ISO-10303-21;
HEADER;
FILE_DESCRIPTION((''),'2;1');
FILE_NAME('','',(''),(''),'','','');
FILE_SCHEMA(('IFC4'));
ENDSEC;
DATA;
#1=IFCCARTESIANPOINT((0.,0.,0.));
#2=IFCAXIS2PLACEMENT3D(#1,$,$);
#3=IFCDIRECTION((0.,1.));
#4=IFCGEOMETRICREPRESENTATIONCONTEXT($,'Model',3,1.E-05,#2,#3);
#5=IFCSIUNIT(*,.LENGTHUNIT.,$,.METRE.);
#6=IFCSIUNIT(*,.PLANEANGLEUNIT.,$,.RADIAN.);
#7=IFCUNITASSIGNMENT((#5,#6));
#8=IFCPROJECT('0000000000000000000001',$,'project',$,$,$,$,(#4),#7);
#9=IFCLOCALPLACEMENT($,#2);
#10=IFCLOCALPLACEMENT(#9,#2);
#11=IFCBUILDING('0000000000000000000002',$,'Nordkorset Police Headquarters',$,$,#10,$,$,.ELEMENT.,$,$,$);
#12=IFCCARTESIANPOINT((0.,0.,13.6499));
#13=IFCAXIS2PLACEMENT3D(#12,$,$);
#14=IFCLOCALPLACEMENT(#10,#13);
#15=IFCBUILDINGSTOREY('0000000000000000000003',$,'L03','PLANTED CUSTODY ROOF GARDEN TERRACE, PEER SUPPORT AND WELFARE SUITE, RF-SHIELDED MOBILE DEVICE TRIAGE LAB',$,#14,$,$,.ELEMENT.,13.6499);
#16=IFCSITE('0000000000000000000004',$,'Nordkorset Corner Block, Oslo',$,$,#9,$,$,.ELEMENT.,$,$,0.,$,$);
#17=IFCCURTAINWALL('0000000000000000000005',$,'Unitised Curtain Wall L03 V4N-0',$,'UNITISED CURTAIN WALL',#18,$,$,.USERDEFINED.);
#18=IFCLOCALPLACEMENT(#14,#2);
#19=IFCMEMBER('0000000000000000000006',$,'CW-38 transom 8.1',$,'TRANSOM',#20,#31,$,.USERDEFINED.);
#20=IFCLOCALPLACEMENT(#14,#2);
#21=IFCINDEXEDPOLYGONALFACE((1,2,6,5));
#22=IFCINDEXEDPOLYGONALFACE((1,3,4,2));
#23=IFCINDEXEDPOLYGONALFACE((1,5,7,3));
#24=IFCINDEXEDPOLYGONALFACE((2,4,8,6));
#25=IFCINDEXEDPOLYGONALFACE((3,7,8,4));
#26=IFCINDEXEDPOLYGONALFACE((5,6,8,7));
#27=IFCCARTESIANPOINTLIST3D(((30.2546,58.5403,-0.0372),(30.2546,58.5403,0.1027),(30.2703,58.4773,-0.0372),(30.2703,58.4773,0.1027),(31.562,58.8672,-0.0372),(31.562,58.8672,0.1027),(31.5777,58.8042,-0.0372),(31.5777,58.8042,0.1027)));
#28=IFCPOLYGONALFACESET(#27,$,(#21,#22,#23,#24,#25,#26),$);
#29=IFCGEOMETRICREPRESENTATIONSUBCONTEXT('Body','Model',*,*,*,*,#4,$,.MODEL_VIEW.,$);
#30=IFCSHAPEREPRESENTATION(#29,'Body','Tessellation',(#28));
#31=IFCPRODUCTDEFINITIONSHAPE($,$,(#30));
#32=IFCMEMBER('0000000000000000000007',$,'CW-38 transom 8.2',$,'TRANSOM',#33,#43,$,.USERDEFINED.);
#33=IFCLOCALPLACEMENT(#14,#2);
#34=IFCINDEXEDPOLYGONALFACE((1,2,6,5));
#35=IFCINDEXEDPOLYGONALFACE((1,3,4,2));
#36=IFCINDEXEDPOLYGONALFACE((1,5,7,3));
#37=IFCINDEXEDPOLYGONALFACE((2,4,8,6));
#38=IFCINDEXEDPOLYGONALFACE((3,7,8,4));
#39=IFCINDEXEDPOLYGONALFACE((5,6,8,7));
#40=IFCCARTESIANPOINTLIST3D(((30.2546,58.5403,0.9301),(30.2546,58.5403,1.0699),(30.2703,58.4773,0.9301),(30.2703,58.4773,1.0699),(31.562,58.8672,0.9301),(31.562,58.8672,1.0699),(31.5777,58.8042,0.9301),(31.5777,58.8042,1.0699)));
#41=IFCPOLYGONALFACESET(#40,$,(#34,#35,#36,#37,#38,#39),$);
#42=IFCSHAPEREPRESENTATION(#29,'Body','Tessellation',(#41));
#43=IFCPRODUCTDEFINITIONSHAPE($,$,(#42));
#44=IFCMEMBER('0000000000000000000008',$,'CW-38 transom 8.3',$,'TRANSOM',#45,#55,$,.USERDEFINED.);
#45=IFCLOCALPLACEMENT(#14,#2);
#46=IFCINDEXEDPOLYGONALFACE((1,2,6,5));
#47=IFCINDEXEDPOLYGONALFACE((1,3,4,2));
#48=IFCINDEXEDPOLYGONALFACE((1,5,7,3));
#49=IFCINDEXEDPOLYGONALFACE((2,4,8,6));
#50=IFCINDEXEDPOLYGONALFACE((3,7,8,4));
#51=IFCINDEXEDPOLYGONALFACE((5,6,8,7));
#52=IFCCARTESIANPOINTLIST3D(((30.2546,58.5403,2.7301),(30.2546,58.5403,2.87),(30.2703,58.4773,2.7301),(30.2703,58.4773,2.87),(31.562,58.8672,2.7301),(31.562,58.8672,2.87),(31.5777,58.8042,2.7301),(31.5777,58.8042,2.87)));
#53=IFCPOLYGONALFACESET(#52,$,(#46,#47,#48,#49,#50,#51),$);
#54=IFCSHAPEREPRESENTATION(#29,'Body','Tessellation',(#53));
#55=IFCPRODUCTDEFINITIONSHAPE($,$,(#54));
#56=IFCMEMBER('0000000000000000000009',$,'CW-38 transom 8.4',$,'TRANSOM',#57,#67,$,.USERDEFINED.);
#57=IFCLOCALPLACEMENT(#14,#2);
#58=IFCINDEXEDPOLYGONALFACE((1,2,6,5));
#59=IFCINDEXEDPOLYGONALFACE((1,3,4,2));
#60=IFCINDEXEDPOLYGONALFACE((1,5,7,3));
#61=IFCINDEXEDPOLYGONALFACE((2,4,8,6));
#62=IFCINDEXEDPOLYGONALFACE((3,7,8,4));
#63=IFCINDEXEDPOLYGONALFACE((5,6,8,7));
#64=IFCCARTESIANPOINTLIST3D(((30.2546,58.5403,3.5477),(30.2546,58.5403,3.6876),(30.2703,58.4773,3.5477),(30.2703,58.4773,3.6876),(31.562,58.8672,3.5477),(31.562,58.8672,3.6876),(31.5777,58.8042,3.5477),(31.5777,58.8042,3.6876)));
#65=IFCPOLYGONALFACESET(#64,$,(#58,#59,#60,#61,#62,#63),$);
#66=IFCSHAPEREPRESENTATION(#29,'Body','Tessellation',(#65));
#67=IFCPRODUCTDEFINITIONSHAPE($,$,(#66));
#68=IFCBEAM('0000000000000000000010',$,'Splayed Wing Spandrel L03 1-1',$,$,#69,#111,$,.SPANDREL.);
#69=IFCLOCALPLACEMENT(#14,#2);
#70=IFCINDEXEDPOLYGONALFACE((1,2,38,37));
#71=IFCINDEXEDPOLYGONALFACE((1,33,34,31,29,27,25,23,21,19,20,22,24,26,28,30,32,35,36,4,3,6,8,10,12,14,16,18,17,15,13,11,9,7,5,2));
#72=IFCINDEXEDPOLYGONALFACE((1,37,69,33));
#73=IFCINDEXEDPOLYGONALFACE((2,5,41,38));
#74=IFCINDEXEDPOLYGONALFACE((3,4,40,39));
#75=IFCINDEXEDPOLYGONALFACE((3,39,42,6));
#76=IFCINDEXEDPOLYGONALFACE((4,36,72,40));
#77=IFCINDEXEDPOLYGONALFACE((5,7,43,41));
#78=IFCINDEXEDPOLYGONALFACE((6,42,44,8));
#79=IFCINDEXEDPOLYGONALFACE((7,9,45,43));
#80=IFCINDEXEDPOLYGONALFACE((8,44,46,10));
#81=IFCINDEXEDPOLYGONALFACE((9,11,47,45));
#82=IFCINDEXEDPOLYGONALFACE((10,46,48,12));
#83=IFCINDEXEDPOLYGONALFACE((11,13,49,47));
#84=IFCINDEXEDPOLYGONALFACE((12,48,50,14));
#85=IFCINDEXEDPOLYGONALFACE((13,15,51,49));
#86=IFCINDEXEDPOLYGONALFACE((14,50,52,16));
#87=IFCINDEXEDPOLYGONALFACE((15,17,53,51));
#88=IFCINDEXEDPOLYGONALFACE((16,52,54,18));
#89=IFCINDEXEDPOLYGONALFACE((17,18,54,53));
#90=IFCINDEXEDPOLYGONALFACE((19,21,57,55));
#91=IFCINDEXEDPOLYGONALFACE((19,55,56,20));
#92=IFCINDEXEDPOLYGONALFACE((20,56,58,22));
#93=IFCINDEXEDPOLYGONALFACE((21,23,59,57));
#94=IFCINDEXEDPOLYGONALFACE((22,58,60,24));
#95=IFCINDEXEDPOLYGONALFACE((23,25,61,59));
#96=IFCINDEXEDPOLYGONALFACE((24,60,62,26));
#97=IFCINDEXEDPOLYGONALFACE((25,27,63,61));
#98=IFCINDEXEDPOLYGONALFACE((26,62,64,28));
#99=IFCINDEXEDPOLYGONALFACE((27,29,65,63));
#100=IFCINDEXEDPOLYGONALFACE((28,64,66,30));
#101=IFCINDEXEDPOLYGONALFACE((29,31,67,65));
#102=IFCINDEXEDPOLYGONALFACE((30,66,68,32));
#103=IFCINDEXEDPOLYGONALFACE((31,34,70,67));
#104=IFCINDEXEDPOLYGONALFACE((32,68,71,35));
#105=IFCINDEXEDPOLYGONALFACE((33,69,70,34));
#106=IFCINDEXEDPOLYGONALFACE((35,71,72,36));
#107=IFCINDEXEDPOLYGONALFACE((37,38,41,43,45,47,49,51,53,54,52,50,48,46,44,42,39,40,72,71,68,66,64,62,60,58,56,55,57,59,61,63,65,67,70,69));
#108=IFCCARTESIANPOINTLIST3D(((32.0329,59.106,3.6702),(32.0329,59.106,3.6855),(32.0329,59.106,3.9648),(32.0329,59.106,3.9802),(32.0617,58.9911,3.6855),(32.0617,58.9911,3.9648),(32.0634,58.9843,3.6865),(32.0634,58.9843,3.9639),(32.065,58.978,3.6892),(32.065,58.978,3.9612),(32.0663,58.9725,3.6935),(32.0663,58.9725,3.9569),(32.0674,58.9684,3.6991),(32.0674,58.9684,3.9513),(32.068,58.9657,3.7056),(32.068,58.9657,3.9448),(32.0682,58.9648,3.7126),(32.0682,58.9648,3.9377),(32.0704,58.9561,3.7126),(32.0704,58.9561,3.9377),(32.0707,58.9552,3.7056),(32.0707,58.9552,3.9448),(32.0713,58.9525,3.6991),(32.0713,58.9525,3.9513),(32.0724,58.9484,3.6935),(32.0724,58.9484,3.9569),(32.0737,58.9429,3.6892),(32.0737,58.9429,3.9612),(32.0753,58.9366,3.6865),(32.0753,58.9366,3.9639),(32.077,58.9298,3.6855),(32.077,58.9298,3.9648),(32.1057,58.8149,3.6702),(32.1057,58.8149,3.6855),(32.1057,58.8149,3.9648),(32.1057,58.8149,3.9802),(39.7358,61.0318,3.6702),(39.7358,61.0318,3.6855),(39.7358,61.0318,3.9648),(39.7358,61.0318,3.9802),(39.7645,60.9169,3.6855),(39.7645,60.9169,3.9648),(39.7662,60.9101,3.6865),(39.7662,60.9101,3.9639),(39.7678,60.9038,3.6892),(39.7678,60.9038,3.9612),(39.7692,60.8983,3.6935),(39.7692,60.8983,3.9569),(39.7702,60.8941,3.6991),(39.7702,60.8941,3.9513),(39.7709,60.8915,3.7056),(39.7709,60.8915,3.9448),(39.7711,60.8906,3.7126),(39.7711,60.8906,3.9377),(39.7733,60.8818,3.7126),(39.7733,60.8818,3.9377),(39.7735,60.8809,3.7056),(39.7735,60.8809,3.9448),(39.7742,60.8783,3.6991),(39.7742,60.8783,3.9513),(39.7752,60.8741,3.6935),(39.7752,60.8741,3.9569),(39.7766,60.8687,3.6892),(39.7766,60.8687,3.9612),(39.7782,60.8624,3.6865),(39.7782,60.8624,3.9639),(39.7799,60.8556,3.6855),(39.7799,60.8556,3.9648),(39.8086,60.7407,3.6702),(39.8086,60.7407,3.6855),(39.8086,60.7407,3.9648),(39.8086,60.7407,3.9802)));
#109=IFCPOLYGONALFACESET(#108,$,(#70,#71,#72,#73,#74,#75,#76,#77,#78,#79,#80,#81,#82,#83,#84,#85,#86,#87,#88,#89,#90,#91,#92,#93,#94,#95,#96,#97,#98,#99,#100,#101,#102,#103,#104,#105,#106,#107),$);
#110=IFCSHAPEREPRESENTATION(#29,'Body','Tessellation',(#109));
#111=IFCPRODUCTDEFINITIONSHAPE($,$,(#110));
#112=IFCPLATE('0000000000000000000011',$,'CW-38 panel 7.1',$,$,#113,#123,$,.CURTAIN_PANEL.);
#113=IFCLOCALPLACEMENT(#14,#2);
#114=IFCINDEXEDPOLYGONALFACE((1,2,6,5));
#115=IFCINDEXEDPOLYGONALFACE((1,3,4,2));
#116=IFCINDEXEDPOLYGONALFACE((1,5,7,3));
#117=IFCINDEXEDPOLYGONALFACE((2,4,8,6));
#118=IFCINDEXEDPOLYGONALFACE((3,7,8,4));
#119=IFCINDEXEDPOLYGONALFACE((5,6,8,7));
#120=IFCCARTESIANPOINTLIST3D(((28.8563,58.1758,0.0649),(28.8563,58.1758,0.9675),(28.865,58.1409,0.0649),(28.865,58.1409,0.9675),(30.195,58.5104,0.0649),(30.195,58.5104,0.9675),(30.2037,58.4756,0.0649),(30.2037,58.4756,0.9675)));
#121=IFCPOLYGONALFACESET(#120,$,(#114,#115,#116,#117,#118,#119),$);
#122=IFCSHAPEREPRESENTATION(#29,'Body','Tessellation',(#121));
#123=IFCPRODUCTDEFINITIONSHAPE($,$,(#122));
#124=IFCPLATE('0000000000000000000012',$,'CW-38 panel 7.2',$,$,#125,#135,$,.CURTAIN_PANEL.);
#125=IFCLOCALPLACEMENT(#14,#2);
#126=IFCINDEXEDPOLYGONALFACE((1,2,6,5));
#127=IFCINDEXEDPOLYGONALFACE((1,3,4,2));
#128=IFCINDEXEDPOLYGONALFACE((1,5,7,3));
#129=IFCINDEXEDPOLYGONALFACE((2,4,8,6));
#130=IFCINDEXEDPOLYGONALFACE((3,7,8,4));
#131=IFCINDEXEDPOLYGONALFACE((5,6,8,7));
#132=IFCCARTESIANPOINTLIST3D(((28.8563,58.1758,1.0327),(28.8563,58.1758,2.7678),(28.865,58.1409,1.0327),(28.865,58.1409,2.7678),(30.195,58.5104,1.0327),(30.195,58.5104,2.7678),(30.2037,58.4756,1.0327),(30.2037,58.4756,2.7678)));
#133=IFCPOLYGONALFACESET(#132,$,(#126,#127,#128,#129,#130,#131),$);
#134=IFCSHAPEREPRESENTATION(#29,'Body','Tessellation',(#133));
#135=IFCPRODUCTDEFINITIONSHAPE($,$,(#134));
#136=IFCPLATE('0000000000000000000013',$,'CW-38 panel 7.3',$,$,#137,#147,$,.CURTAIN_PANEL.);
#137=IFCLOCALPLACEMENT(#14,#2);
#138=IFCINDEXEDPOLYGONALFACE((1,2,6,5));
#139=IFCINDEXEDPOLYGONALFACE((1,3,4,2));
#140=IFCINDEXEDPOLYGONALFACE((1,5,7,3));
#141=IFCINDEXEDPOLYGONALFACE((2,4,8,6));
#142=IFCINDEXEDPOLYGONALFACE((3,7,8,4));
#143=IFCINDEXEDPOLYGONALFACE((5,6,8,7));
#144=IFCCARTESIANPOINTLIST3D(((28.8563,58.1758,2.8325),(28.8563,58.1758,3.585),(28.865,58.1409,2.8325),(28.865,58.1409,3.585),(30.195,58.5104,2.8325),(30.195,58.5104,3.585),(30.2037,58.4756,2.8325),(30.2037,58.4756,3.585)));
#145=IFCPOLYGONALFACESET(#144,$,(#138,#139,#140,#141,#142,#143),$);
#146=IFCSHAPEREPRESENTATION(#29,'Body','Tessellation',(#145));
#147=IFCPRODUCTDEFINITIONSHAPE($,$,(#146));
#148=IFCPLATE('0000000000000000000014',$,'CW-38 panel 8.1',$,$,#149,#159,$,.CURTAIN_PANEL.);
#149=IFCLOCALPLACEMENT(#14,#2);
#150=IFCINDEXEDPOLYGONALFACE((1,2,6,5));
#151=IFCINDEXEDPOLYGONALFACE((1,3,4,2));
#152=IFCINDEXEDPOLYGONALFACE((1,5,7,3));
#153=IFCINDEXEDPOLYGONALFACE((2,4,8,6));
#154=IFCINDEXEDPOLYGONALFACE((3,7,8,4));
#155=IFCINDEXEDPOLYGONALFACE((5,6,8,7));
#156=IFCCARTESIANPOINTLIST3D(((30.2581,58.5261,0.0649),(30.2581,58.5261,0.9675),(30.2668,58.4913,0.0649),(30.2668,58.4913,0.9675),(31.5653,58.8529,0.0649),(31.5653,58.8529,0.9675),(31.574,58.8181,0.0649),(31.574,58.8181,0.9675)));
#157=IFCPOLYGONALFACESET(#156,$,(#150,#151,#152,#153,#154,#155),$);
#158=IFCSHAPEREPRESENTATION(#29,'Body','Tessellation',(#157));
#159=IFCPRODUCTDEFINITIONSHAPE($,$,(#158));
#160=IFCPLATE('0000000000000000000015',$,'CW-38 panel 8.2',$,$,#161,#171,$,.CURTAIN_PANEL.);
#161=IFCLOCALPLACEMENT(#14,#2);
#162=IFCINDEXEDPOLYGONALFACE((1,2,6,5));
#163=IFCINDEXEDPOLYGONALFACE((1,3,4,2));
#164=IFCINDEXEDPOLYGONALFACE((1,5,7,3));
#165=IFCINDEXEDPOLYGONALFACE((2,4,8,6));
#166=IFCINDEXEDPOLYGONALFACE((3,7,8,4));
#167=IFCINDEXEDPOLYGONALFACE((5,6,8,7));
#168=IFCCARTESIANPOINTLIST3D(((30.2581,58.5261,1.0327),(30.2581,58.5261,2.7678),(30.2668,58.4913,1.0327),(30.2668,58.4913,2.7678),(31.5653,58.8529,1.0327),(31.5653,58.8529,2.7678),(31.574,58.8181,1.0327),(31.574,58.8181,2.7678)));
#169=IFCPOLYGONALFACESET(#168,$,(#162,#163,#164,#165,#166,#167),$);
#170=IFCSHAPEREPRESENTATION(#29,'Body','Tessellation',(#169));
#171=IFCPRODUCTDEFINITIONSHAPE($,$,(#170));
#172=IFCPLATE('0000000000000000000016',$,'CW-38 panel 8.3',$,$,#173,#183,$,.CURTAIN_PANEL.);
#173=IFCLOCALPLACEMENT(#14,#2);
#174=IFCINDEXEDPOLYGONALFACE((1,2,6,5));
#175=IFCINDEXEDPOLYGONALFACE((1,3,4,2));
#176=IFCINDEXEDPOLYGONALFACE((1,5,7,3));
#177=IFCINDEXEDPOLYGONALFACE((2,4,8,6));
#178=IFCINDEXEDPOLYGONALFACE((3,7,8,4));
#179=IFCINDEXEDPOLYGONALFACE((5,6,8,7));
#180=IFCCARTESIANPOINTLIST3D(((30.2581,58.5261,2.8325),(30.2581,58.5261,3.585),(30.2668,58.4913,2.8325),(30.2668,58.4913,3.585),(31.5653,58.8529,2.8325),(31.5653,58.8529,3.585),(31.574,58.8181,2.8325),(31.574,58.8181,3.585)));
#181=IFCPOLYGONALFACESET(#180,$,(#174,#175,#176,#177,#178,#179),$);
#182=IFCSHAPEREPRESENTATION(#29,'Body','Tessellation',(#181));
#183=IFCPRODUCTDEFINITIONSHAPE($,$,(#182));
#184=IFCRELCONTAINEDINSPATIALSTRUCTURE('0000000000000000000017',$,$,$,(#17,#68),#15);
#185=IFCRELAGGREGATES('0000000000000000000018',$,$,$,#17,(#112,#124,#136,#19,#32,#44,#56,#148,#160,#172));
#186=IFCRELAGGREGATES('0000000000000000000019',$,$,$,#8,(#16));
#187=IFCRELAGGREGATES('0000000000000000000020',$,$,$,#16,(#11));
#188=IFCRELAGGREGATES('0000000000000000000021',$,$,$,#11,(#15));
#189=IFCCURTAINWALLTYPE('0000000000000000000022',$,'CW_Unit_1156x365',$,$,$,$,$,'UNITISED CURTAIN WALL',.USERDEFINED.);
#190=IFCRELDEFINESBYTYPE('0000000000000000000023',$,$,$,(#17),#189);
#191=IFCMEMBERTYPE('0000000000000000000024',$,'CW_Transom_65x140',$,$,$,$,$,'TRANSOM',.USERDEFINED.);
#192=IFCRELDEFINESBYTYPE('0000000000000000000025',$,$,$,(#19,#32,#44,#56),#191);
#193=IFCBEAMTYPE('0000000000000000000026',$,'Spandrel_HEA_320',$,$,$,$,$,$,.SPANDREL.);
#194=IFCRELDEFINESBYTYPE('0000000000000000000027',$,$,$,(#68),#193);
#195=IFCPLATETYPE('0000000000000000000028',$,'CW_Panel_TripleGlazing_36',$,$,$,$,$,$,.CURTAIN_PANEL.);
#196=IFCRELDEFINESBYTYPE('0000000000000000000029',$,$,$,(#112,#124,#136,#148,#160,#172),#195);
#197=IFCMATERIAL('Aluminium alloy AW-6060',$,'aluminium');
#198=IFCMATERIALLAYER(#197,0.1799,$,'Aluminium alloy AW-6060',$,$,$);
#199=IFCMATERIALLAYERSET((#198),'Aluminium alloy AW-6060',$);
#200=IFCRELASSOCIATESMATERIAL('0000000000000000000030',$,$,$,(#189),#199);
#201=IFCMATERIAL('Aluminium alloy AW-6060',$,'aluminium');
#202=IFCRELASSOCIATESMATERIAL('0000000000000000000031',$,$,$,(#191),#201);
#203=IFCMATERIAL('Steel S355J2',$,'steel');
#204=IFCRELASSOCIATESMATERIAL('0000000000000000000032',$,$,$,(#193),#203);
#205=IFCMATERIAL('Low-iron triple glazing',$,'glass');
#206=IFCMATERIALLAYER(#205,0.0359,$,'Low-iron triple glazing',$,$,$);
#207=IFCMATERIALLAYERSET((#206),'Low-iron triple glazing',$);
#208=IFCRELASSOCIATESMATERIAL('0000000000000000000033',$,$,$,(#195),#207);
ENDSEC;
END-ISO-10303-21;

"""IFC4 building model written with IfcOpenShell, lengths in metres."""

from ifc_helpers import new_model, si_unit, direction, frame, origin, origin_2d, place, context, subcontext, project, spatial, rectangle, i_section, extrude, material, layer, layer_set, material_profile, profile_set, type_object, element, aggregate, save


model = new_model("IFC4")

# Units and contexts
model_context = context("Model", 3, precision=1e-05, world=origin(), true_north=direction((0.0, 1.0)))
body_context = subcontext(model_context, "Body", "Model", "MODEL_VIEW")
ifc_project = project(units=[si_unit("LENGTHUNIT", "METRE"), si_unit("PLANEANGLEUNIT", "RADIAN")], contexts=[model_context])

# Site, building, storey
site_placement = place(None, origin())
site = spatial("IfcSite", under=ifc_project, at=site_placement, Name="Nordkorset Corner Block, Oslo", CompositionType="ELEMENT", RefElevation=0.0)
building_placement = place(site_placement, origin())
building = spatial("IfcBuilding", under=site, at=building_placement, Name="Nordkorset Police Headquarters", CompositionType="ELEMENT")
storey_placement = place(building_placement, frame((0.0, 0.0, 13.6499)))
storey = spatial("IfcBuildingStorey", under=building, at=storey_placement, Name="L03", Description="PLANTED CUSTODY ROOF GARDEN TERRACE, PEER SUPPORT AND WELFARE SUITE, RF-SHIELDED MOBILE DEVICE TRIAGE LAB", CompositionType="ELEMENT", Elevation=13.6499)

# Curtain wall
ifc_material_1 = material(Name="Aluminium alloy AW-6060", Category="aluminium")
ifc_layer_1 = layer(ifc_material_1, 0.1799, Name="Aluminium alloy AW-6060")
ifc_layer_set_1 = layer_set([ifc_layer_1], Name="Aluminium alloy AW-6060")
curtain_wall_type_1 = type_object("IfcCurtainWallType", Name="CW_Unit_1156x365", ElementType="UNITISED CURTAIN WALL", PredefinedType="USERDEFINED", material=ifc_layer_set_1)
curtain_wall_1_placement = place(storey_placement, origin())
curtain_wall_1 = element("IfcCurtainWall", 1, at=curtain_wall_1_placement, inside=storey, type_object=curtain_wall_type_1, Name="Unitised Curtain Wall L03 V4N-0", ObjectType="UNITISED CURTAIN WALL", PredefinedType="USERDEFINED")
ifc_material_2 = material(Name="Aluminium alloy AW-6060", Category="aluminium")
ifc_material_profile_1 = material_profile(ifc_material_2, rectangle(XDim=0.0649, YDim=0.1399, at=origin_2d()), Name="ALU TRAN 65x140")
ifc_profile_set_1 = profile_set([ifc_material_profile_1], Name="Aluminium alloy AW-6060")
member_type_1 = type_object("IfcMemberType", Name="CW_Transom_65x140", ElementType="TRANSOM", PredefinedType="USERDEFINED", material=ifc_profile_set_1)

# Members
member_1_placement = place(storey_placement, frame((30.2625, 58.5088, 0.0327), z_axis=(0.970132, 0.242578, 0.0), x_axis=(-0.242578, 0.970132, 0.0)))
member_1 = element("IfcMember", 2, at=member_1_placement, type_object=member_type_1, Name="CW-38 transom 8.1", ObjectType="TRANSOM", PredefinedType="USERDEFINED", context=body_context, shape_type="SweptSolid", body=[
    extrude(rectangle(XDim=0.0649, YDim=0.1399, at=origin_2d()), origin(), (0.0, 0.0, 1.0), 1.3477),
])
member_2_placement = place(storey_placement, frame((30.2625, 58.5088, 1.0), z_axis=(0.970132, 0.242578, 0.0), x_axis=(-0.242578, 0.970132, 0.0)))
member_2 = element("IfcMember", 3, at=member_2_placement, type_object=member_type_1, Name="CW-38 transom 8.2", ObjectType="TRANSOM", PredefinedType="USERDEFINED", context=body_context, shape_type="SweptSolid", body=[
    extrude(rectangle(XDim=0.0649, YDim=0.1399, at=origin_2d()), origin(), (0.0, 0.0, 1.0), 1.3477),
])
member_3_placement = place(storey_placement, frame((30.2625, 58.5088, 2.8), z_axis=(0.970132, 0.242578, 0.0), x_axis=(-0.242578, 0.970132, 0.0)))
member_3 = element("IfcMember", 4, at=member_3_placement, type_object=member_type_1, Name="CW-38 transom 8.3", ObjectType="TRANSOM", PredefinedType="USERDEFINED", context=body_context, shape_type="SweptSolid", body=[
    extrude(rectangle(XDim=0.0649, YDim=0.1399, at=origin_2d()), origin(), (0.0, 0.0, 1.0), 1.3477),
])
member_4_placement = place(storey_placement, frame((30.2625, 58.5088, 3.6177), z_axis=(0.970132, 0.242578, 0.0), x_axis=(-0.242578, 0.970132, 0.0)))
member_4 = element("IfcMember", 5, at=member_4_placement, type_object=member_type_1, Name="CW-38 transom 8.4", ObjectType="TRANSOM", PredefinedType="USERDEFINED", context=body_context, shape_type="SweptSolid", body=[
    extrude(rectangle(XDim=0.0649, YDim=0.1399, at=origin_2d()), origin(), (0.0, 0.0, 1.0), 1.3477),
])

# Beam
ifc_material_3 = material(Name="Steel S355J2", Category="steel")
ifc_material_profile_2 = material_profile(ifc_material_3, i_section(OverallWidth=0.3, OverallDepth=0.3101, WebThickness=0.009, FlangeThickness=0.0154, FilletRadius=0.0271, at=origin_2d()), Name="HEA 320")
ifc_profile_set_2 = profile_set([ifc_material_profile_2], Name="Steel S355J2")
beam_type = type_object("IfcBeamType", Name="Spandrel_HEA_320", PredefinedType="SPANDREL", material=ifc_profile_set_2)
beam_placement = place(storey_placement, frame((32.0693, 58.9604, 3.8252), z_axis=(0.970141, 0.242543, 0.0), x_axis=(-0.242543, 0.970141, 0.0)))
element("IfcBeam", 6, at=beam_placement, inside=storey, type_object=beam_type, Name="Splayed Wing Spandrel L03 1-1", PredefinedType="SPANDREL", context=body_context, shape_type="SweptSolid", body=[
    extrude(i_section(OverallWidth=0.3, OverallDepth=0.3101, WebThickness=0.009, FlangeThickness=0.0154, FilletRadius=0.0271, at=origin_2d()), origin(), (0.0, 0.0, 1.0), 7.9399),
])

# Plates
ifc_material_4 = material(Name="Low-iron triple glazing", Category="glass")
ifc_layer_2 = layer(ifc_material_4, 0.0359, Name="Low-iron triple glazing")
ifc_layer_set_2 = layer_set([ifc_layer_2], Name="Low-iron triple glazing")
plate_type = type_object("IfcPlateType", Name="CW_Panel_TripleGlazing_36", PredefinedType="CURTAIN_PANEL", material=ifc_layer_set_2)
plate_1_placement = place(storey_placement, frame((29.53, 58.3257, 0.0649), z_axis=(0.0, 0.0, 1.0), x_axis=(0.970142, 0.242536, 0.0)))
plate_1 = element("IfcPlate", 7, at=plate_1_placement, type_object=plate_type, Name="CW-38 panel 7.1", PredefinedType="CURTAIN_PANEL", context=body_context, shape_type="SweptSolid", body=[
    extrude(rectangle(XDim=1.3799, YDim=0.0359, at=origin_2d()), origin(), (0.0, 0.0, 1.0), 0.9026),
])
plate_2_placement = place(storey_placement, frame((29.53, 58.3257, 1.0327), z_axis=(0.0, 0.0, 1.0), x_axis=(0.970142, 0.242536, 0.0)))
plate_2 = element("IfcPlate", 8, at=plate_2_placement, type_object=plate_type, Name="CW-38 panel 7.2", PredefinedType="CURTAIN_PANEL", context=body_context, shape_type="SweptSolid", body=[
    extrude(rectangle(XDim=1.3799, YDim=0.0359, at=origin_2d()), origin(), (0.0, 0.0, 1.0), 1.7351),
])
plate_3_placement = place(storey_placement, frame((29.53, 58.3257, 2.8325), z_axis=(0.0, 0.0, 1.0), x_axis=(0.970142, 0.242536, 0.0)))
plate_3 = element("IfcPlate", 9, at=plate_3_placement, type_object=plate_type, Name="CW-38 panel 7.3", PredefinedType="CURTAIN_PANEL", context=body_context, shape_type="SweptSolid", body=[
    extrude(rectangle(XDim=1.3799, YDim=0.0359, at=origin_2d()), origin(), (0.0, 0.0, 1.0), 0.7524),
])
plate_4_placement = place(storey_placement, frame((30.916, 58.6721, 0.0649), z_axis=(0.0, 0.0, 1.0), x_axis=(0.970142, 0.242536, 0.0)))
plate_4 = element("IfcPlate", 10, at=plate_4_placement, type_object=plate_type, Name="CW-38 panel 8.1", PredefinedType="CURTAIN_PANEL", context=body_context, shape_type="SweptSolid", body=[
    extrude(rectangle(XDim=1.3474, YDim=0.0359, at=origin_2d()), origin(), (0.0, 0.0, 1.0), 0.9026),
])
plate_5_placement = place(storey_placement, frame((30.916, 58.6721, 1.0327), z_axis=(0.0, 0.0, 1.0), x_axis=(0.970142, 0.242536, 0.0)))
plate_5 = element("IfcPlate", 11, at=plate_5_placement, type_object=plate_type, Name="CW-38 panel 8.2", PredefinedType="CURTAIN_PANEL", context=body_context, shape_type="SweptSolid", body=[
    extrude(rectangle(XDim=1.3474, YDim=0.0359, at=origin_2d()), origin(), (0.0, 0.0, 1.0), 1.7351),
])
plate_6_placement = place(storey_placement, frame((30.916, 58.6721, 2.8325), z_axis=(0.0, 0.0, 1.0), x_axis=(0.970142, 0.242536, 0.0)))
plate_6 = element("IfcPlate", 12, at=plate_6_placement, type_object=plate_type, Name="CW-38 panel 8.3", PredefinedType="CURTAIN_PANEL", context=body_context, shape_type="SweptSolid", body=[
    extrude(rectangle(XDim=1.3474, YDim=0.0359, at=origin_2d()), origin(), (0.0, 0.0, 1.0), 0.7524),
])
aggregate(curtain_wall_1, [plate_1, plate_2, plate_3, member_1, member_2, member_3, member_4, plate_4, plate_5, plate_6])

save(model, "model.ifc")
